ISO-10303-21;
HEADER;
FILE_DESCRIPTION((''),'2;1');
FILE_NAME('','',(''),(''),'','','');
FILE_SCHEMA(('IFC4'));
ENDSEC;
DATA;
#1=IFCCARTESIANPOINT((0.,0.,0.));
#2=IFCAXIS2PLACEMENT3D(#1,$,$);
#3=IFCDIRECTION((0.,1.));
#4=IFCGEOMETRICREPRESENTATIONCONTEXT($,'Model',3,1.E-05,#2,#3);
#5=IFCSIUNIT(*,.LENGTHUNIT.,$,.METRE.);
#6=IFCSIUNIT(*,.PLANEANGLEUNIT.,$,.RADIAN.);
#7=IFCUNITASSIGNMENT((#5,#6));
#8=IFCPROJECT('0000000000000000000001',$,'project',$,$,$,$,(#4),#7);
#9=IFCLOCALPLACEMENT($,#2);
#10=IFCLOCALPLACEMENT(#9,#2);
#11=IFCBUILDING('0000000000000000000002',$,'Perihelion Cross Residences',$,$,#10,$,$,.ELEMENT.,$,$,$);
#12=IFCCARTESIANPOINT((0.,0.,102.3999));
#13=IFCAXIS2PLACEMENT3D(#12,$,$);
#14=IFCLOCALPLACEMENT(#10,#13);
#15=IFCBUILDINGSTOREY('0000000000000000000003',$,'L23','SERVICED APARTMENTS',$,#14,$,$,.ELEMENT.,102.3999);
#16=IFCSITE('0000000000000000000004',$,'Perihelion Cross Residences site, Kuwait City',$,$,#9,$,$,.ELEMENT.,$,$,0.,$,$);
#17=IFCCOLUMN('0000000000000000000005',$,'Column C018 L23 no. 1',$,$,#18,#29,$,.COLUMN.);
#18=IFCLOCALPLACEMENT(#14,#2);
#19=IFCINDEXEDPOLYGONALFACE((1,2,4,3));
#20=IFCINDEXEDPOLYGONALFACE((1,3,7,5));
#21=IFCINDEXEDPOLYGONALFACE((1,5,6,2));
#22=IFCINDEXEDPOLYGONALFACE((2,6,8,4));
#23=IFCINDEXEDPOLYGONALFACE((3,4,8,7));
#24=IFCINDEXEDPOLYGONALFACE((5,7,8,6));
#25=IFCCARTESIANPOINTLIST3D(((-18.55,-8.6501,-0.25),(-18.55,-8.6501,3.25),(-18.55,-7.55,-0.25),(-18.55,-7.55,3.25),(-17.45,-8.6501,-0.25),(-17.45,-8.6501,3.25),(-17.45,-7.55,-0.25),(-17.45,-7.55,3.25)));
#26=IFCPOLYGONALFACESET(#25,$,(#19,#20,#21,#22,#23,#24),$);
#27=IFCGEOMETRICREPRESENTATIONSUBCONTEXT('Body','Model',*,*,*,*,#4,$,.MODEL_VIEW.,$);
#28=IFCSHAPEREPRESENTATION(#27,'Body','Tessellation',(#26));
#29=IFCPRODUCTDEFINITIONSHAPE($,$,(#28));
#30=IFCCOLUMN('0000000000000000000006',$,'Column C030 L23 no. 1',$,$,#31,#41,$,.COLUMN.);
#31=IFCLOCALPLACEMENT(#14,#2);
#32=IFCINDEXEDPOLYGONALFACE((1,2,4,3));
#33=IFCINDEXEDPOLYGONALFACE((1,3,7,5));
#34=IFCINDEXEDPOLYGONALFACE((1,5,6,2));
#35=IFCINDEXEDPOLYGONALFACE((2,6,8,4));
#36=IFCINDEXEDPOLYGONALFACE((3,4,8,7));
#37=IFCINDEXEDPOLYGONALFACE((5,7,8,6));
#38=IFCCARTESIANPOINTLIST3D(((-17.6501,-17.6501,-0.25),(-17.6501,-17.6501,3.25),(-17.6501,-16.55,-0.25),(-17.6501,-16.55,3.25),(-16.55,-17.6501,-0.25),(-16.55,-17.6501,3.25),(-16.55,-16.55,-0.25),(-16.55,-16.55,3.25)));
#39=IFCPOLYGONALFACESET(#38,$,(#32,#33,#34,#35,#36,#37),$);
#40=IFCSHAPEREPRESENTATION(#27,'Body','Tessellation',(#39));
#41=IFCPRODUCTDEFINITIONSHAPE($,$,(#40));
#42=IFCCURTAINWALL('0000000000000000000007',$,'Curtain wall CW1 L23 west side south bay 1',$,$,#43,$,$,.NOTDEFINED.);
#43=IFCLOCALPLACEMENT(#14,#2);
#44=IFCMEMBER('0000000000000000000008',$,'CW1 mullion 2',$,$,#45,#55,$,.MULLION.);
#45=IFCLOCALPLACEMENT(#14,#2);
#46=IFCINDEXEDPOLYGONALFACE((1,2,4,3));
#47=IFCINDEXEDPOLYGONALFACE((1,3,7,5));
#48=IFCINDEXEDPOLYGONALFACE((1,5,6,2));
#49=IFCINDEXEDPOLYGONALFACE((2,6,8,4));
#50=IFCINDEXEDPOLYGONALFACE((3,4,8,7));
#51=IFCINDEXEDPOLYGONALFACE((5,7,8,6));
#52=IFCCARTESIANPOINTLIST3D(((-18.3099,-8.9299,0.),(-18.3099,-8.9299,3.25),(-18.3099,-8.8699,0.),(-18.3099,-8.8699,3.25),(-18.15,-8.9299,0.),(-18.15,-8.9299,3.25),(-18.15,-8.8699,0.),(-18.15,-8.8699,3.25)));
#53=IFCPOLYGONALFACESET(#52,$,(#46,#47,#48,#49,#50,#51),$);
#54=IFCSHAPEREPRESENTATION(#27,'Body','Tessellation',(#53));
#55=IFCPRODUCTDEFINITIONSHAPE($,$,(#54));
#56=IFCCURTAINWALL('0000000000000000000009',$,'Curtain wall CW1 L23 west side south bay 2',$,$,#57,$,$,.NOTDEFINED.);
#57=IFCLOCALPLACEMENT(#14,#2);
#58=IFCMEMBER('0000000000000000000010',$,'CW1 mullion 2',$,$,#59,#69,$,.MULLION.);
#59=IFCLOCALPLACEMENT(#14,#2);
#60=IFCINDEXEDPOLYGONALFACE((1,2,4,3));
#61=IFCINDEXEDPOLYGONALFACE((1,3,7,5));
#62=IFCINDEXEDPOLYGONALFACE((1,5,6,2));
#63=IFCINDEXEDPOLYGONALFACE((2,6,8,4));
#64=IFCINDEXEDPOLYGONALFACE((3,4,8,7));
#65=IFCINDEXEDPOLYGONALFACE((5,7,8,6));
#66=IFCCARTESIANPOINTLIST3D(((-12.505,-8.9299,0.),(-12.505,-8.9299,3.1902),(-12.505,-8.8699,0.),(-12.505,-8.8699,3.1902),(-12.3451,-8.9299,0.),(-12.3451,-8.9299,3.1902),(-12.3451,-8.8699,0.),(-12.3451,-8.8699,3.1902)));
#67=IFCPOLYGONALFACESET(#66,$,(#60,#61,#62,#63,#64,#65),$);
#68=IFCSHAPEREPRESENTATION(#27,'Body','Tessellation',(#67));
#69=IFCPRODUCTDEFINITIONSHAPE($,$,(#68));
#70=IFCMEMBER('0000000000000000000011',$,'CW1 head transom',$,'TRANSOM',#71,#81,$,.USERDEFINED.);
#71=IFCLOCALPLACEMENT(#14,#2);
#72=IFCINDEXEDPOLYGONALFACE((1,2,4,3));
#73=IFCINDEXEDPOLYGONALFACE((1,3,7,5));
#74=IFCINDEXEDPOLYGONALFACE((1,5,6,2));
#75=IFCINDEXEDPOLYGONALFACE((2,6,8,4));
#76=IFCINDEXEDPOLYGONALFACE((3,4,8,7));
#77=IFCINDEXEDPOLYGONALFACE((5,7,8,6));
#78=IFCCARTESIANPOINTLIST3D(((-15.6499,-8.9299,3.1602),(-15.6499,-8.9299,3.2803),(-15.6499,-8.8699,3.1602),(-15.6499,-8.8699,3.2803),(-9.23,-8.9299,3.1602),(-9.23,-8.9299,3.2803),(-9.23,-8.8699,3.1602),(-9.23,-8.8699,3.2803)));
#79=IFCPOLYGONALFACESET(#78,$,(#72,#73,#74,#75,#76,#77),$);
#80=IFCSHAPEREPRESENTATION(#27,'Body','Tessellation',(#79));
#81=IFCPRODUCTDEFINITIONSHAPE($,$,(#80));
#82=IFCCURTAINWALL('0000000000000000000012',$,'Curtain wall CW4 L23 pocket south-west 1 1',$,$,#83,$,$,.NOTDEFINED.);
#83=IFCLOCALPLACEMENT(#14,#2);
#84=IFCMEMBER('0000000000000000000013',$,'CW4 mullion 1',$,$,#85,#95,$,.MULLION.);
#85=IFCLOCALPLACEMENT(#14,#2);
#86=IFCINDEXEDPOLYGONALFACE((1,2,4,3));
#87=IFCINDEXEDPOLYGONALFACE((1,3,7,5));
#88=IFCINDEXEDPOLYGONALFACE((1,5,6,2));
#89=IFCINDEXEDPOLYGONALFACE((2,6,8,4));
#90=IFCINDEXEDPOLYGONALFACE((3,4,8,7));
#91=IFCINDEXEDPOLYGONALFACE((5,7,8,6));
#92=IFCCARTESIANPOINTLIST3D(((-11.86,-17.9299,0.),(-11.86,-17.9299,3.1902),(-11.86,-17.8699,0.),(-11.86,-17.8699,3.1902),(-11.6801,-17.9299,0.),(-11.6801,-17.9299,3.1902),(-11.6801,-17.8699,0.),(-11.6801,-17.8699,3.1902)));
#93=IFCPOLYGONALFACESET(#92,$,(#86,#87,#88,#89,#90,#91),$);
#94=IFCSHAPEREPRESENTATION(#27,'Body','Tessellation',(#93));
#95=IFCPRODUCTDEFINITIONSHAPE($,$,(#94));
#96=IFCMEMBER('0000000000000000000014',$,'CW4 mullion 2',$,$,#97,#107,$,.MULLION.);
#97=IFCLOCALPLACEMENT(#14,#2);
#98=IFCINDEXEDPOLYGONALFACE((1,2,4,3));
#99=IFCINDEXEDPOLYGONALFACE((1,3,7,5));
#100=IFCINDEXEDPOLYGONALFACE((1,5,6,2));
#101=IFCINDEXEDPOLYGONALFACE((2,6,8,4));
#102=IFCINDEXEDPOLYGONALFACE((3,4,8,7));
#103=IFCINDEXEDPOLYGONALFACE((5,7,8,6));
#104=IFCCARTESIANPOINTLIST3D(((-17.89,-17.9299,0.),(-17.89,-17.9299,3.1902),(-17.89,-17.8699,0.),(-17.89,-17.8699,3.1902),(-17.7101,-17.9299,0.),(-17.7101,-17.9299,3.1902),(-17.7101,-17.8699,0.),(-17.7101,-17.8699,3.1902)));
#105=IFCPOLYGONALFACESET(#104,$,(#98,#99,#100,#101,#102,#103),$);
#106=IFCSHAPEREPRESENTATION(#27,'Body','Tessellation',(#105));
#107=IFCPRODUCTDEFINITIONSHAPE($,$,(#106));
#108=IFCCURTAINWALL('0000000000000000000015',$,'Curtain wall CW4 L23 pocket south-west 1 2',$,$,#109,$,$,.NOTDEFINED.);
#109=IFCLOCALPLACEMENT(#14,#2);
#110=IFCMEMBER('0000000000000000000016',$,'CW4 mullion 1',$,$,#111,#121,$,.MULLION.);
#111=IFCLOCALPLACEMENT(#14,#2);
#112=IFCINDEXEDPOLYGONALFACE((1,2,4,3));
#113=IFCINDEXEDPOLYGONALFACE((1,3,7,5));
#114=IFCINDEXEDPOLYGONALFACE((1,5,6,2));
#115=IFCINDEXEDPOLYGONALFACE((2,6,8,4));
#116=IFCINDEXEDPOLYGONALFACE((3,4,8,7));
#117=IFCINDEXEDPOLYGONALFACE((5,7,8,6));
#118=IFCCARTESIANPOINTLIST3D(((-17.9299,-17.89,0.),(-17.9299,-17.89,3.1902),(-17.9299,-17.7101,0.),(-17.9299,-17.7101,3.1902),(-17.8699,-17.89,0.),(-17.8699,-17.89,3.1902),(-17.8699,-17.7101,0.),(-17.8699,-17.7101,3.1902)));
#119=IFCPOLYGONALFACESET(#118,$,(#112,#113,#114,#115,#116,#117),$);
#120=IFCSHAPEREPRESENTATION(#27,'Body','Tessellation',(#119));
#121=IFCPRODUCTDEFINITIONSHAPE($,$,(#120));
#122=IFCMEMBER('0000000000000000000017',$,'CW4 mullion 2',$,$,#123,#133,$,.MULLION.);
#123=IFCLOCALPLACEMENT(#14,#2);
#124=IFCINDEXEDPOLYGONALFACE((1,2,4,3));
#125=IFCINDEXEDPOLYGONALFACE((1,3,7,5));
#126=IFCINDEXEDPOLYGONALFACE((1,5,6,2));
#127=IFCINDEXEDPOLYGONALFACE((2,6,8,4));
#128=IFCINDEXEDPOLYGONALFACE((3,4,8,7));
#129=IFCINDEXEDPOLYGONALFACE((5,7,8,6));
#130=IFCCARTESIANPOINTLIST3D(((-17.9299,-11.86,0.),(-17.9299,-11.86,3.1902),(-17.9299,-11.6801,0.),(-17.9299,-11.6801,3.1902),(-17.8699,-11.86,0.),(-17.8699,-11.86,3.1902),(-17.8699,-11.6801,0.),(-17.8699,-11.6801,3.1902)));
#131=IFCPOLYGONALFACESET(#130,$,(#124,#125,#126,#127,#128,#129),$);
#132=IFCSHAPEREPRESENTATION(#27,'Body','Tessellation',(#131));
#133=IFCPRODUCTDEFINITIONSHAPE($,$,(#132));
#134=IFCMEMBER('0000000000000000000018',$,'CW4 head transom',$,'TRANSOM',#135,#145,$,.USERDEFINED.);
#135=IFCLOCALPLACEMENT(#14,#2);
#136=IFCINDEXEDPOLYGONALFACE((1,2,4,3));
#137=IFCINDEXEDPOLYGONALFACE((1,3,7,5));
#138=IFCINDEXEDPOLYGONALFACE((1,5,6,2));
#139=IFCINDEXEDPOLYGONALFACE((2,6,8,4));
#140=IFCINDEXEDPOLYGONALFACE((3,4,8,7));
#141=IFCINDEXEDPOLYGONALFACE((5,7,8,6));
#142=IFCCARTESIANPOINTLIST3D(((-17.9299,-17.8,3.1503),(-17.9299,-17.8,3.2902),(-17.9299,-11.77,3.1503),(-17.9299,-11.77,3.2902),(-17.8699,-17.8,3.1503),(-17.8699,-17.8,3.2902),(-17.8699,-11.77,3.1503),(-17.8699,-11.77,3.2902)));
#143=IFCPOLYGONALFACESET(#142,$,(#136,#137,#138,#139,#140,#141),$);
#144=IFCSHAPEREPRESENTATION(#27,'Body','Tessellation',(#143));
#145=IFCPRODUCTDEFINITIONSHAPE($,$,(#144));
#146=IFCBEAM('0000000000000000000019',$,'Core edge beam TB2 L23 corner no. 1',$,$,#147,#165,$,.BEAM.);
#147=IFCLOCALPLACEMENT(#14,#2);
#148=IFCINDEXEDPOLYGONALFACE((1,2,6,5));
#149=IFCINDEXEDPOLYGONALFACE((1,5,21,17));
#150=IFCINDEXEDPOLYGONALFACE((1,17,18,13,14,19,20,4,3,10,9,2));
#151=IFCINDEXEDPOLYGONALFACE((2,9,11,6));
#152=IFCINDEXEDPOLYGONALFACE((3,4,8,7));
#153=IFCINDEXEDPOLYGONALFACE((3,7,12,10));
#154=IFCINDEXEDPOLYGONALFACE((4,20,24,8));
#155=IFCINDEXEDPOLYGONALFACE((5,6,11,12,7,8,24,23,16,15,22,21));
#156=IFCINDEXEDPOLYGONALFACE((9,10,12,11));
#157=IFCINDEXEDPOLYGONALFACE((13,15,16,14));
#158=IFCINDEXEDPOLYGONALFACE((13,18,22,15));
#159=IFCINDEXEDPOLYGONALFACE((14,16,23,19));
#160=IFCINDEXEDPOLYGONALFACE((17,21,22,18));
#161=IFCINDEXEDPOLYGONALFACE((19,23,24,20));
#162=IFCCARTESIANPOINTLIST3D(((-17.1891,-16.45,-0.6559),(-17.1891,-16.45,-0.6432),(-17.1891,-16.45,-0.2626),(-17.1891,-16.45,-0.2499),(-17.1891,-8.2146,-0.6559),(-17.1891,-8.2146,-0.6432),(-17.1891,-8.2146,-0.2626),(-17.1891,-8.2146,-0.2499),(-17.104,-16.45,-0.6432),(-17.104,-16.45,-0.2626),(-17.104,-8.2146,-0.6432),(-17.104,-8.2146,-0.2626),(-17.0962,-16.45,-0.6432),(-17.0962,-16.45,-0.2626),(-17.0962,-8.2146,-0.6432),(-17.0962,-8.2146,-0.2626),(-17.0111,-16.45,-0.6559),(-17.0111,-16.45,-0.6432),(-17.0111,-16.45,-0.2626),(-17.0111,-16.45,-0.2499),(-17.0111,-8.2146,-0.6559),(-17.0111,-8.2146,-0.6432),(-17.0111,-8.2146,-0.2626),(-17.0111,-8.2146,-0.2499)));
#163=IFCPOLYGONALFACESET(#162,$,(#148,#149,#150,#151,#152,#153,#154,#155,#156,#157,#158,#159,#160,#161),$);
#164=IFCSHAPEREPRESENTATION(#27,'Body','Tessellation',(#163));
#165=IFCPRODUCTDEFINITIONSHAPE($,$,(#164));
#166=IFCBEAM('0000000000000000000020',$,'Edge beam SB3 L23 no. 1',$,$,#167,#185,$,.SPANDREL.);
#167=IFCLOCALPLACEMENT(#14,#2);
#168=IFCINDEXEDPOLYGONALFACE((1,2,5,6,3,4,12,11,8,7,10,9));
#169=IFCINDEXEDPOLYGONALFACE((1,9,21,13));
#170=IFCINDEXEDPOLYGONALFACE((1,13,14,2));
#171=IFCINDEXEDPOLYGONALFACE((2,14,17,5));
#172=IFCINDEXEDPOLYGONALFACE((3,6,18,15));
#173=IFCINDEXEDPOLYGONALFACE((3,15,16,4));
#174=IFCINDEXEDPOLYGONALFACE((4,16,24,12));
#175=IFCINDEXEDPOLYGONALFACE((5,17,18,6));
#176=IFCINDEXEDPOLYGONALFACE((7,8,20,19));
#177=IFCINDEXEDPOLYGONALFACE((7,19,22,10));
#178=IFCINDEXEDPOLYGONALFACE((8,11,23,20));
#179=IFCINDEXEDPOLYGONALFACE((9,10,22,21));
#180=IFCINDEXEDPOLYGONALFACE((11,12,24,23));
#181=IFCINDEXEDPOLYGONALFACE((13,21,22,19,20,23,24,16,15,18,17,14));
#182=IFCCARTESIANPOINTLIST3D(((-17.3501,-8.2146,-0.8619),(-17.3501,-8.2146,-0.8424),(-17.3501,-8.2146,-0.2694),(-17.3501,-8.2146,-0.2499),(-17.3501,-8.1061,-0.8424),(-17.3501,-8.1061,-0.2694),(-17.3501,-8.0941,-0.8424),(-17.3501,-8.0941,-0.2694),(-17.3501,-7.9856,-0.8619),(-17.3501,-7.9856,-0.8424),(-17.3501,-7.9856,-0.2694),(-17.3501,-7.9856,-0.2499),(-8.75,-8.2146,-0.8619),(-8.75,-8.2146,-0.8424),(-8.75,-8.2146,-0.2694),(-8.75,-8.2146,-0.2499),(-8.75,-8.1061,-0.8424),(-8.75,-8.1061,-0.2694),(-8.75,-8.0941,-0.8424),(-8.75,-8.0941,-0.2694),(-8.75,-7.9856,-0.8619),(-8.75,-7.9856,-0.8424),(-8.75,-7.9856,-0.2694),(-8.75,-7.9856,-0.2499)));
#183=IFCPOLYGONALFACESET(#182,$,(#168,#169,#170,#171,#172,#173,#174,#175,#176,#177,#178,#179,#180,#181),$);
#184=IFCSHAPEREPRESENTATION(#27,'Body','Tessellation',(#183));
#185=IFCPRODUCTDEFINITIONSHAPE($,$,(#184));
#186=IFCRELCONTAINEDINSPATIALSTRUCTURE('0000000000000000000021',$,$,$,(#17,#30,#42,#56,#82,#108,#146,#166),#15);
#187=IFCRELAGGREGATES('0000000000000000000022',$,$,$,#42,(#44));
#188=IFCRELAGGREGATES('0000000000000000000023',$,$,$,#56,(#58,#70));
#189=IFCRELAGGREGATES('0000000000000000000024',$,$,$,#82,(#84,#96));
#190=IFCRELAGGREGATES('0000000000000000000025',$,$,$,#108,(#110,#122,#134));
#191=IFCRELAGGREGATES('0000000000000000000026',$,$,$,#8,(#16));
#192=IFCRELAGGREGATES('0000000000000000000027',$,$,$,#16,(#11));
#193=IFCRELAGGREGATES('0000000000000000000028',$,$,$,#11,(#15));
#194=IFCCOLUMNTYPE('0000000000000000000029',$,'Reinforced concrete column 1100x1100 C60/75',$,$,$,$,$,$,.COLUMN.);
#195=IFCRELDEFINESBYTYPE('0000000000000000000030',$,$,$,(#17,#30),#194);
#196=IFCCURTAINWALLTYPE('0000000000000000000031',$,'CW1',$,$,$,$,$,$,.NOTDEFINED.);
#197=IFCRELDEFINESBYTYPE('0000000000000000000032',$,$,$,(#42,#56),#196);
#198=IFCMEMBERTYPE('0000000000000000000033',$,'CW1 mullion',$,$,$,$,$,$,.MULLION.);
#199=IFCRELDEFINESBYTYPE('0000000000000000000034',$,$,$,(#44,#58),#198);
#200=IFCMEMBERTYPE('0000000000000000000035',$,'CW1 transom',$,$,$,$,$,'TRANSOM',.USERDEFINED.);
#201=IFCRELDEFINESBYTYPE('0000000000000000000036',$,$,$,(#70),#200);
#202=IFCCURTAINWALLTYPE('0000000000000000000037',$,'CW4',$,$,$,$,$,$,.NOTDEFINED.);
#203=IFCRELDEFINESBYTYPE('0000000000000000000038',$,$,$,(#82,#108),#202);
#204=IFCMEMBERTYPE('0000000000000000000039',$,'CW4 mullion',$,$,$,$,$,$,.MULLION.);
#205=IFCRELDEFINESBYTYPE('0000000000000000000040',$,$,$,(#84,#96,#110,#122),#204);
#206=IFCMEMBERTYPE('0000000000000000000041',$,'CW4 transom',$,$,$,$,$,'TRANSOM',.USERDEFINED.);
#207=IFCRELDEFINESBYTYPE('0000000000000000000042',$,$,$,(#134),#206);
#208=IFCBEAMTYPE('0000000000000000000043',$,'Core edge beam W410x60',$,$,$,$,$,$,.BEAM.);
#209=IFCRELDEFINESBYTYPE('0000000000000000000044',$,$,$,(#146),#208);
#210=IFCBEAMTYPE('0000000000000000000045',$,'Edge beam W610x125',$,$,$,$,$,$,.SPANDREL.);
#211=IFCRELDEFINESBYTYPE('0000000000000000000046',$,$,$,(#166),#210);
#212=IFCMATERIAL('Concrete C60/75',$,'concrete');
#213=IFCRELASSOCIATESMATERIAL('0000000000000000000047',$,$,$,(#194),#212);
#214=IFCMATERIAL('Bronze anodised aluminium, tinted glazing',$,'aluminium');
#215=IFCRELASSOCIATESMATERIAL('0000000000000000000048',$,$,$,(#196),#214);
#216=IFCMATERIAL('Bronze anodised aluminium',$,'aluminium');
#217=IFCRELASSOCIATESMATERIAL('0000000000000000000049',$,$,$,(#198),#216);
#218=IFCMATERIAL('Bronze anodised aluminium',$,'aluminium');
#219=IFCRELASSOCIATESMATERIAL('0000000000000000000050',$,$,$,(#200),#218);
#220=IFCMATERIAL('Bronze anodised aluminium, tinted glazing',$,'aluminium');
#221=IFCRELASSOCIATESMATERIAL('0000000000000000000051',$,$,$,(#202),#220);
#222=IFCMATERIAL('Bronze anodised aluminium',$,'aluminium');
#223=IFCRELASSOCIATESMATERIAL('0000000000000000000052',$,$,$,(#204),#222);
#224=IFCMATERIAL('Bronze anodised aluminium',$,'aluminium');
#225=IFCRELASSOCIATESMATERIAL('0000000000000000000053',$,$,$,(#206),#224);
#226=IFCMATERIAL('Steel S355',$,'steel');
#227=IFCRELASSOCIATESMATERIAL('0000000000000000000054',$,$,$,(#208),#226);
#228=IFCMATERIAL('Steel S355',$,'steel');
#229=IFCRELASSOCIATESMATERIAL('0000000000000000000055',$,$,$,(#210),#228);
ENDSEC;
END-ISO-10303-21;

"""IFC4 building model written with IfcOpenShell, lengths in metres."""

from ifc_helpers import new_model, si_unit, direction, frame, origin, origin_2d, place, context, subcontext, project, spatial, rectangle, i_section, extrude, material, material_profile, profile_set, type_object, element, aggregate, save


model = new_model("IFC4")

# Units and contexts
model_context = context("Model", 3, precision=1e-05, world=origin(), true_north=direction((0.0, 1.0)))
body_context = subcontext(model_context, "Body", "Model", "MODEL_VIEW")
ifc_project = project(units=[si_unit("LENGTHUNIT", "METRE"), si_unit("PLANEANGLEUNIT", "RADIAN")], contexts=[model_context])

# Site, building, storey
site_placement = place(None, origin())
site = spatial("IfcSite", under=ifc_project, at=site_placement, Name="Perihelion Cross Residences site, Kuwait City", CompositionType="ELEMENT", RefElevation=0.0)
building_placement = place(site_placement, origin())
building = spatial("IfcBuilding", under=site, at=building_placement, Name="Perihelion Cross Residences", CompositionType="ELEMENT")
storey_placement = place(building_placement, frame((0.0, 0.0, 102.3999)))
storey = spatial("IfcBuildingStorey", under=building, at=storey_placement, Name="L23", Description="SERVICED APARTMENTS", CompositionType="ELEMENT", Elevation=102.3999)

# Columns
ifc_material_1 = material(Name="Concrete C60/75", Category="concrete")
ifc_material_profile_1 = material_profile(ifc_material_1, rectangle(XDim=1.1001, YDim=1.1001, at=origin_2d()), Name="RC 1100x1100")
ifc_profile_set_1 = profile_set([ifc_material_profile_1], Name="Concrete C60/75")
column_type = type_object("IfcColumnType", Name="Reinforced concrete column 1100x1100 C60/75", PredefinedType="COLUMN", material=ifc_profile_set_1)
for number, where, z_axis, x_axis, name in (
    (1, (-18.0, -8.1001, -0.25), (0.0, 0.0, 1.0), (1.0, 0.0, 0.0), "Column C018 L23 no. 1"),
    (2, (-17.1001, -17.1001, -0.25), (0.0, 0.0, 1.0), (1.0, 0.0, 0.0), "Column C030 L23 no. 1"),
):
    element("IfcColumn", number, at=place(storey_placement, frame(where, z_axis=z_axis, x_axis=x_axis)), inside=storey, type_object=column_type, Name=name, PredefinedType="COLUMN", context=body_context, shape_type="SweptSolid", body=[
        extrude(rectangle(XDim=1.1001, YDim=1.1001, at=origin_2d()), origin(), (0.0, 0.0, 1.0), 3.5),
    ])

# Curtain wall, member
ifc_material_2 = material(Name="Bronze anodised aluminium, tinted glazing", Category="aluminium")
curtain_wall_type_1 = type_object("IfcCurtainWallType", Name="CW1", PredefinedType="NOTDEFINED", material=ifc_material_2)
curtain_wall_1_placement = place(storey_placement, origin())
curtain_wall_1 = element("IfcCurtainWall", 3, at=curtain_wall_1_placement, inside=storey, type_object=curtain_wall_type_1, Name="Curtain wall CW1 L23 west side south bay 1", PredefinedType="NOTDEFINED")
ifc_material_3 = material(Name="Bronze anodised aluminium", Category="aluminium")
ifc_material_profile_2 = material_profile(ifc_material_3, rectangle(XDim=0.0601, YDim=0.1599, at=origin_2d()), Name="CW1 mullion")
ifc_profile_set_2 = profile_set([ifc_material_profile_2], Name="Bronze anodised aluminium")
member_type_1 = type_object("IfcMemberType", Name="CW1 mullion", PredefinedType="MULLION", material=ifc_profile_set_2)
member_1_placement = place(storey_placement, frame((-18.23, -8.8999, 0.0), z_axis=(0.0, 0.0, 1.0), x_axis=(0.0, 1.0, 0.0)))
member_1 = element("IfcMember", 4, at=member_1_placement, type_object=member_type_1, Name="CW1 mullion 2", PredefinedType="MULLION", context=body_context, shape_type="SweptSolid", body=[
    extrude(rectangle(XDim=0.0601, YDim=0.1599, at=origin_2d()), origin(), (0.0, 0.0, 1.0), 3.25),
])

# Curtain walls, members
curtain_wall_2_placement = place(storey_placement, origin())
curtain_wall_2 = element("IfcCurtainWall", 5, at=curtain_wall_2_placement, inside=storey, type_object=curtain_wall_type_1, Name="Curtain wall CW1 L23 west side south bay 2", PredefinedType="NOTDEFINED")
member_2_placement = place(storey_placement, frame((-12.425, -8.8999, 0.0), z_axis=(0.0, 0.0, 1.0), x_axis=(0.0, 1.0, 0.0)))
member_2 = element("IfcMember", 6, at=member_2_placement, type_object=member_type_1, Name="CW1 mullion 2", PredefinedType="MULLION", context=body_context, shape_type="SweptSolid", body=[
    extrude(rectangle(XDim=0.0601, YDim=0.1599, at=origin_2d()), origin(), (0.0, 0.0, 1.0), 3.1902),
])
ifc_material_4 = material(Name="Bronze anodised aluminium", Category="aluminium")
ifc_material_profile_3 = material_profile(ifc_material_4, rectangle(XDim=0.0601, YDim=0.1201, at=origin_2d()), Name="CW1 transom")
ifc_profile_set_3 = profile_set([ifc_material_profile_3], Name="Bronze anodised aluminium")
member_type_2 = type_object("IfcMemberType", Name="CW1 transom", ElementType="TRANSOM", PredefinedType="USERDEFINED", material=ifc_profile_set_3)
member_3_placement = place(storey_placement, frame((-15.6499, -8.8999, 3.2202), z_axis=(1.0, 0.0, 0.0), x_axis=(0.0, 1.0, 0.0)))
member_3 = element("IfcMember", 7, at=member_3_placement, type_object=member_type_2, Name="CW1 head transom", ObjectType="TRANSOM", PredefinedType="USERDEFINED", context=body_context, shape_type="SweptSolid", body=[
    extrude(rectangle(XDim=0.0601, YDim=0.1201, at=origin_2d()), origin(), (0.0, 0.0, 1.0), 6.4199),
])
ifc_material_5 = material(Name="Bronze anodised aluminium, tinted glazing", Category="aluminium")
curtain_wall_type_2 = type_object("IfcCurtainWallType", Name="CW4", PredefinedType="NOTDEFINED", material=ifc_material_5)
curtain_wall_3_placement = place(storey_placement, origin())
curtain_wall_3 = element("IfcCurtainWall", 8, at=curtain_wall_3_placement, inside=storey, type_object=curtain_wall_type_2, Name="Curtain wall CW4 L23 pocket south-west 1 1", PredefinedType="NOTDEFINED")
ifc_material_6 = material(Name="Bronze anodised aluminium", Category="aluminium")
ifc_material_profile_4 = material_profile(ifc_material_6, rectangle(XDim=0.0601, YDim=0.1799, at=origin_2d()), Name="CW4 mullion")
ifc_profile_set_4 = profile_set([ifc_material_profile_4], Name="Bronze anodised aluminium")
member_type_3 = type_object("IfcMemberType", Name="CW4 mullion", PredefinedType="MULLION", material=ifc_profile_set_4)
member_4_placement = place(storey_placement, frame((-11.77, -17.8999, 0.0), z_axis=(0.0, 0.0, 1.0), x_axis=(0.0, -1.0, 0.0)))
member_4 = element("IfcMember", 9, at=member_4_placement, type_object=member_type_3, Name="CW4 mullion 1", PredefinedType="MULLION", context=body_context, shape_type="SweptSolid", body=[
    extrude(rectangle(XDim=0.0601, YDim=0.1799, at=origin_2d()), origin(), (0.0, 0.0, 1.0), 3.1902),
])
member_5_placement = place(storey_placement, frame((-17.8, -17.8999, 0.0), z_axis=(0.0, 0.0, 1.0), x_axis=(0.0, -1.0, 0.0)))
member_5 = element("IfcMember", 10, at=member_5_placement, type_object=member_type_3, Name="CW4 mullion 2", PredefinedType="MULLION", context=body_context, shape_type="SweptSolid", body=[
    extrude(rectangle(XDim=0.0601, YDim=0.1799, at=origin_2d()), origin(), (0.0, 0.0, 1.0), 3.1902),
])
curtain_wall_4_placement = place(storey_placement, origin())
curtain_wall_4 = element("IfcCurtainWall", 11, at=curtain_wall_4_placement, inside=storey, type_object=curtain_wall_type_2, Name="Curtain wall CW4 L23 pocket south-west 1 2", PredefinedType="NOTDEFINED")
member_6_placement = place(storey_placement, frame((-17.8999, -17.8, 0.0), z_axis=(0.0, 0.0, 1.0), x_axis=(-1.0, 0.0, 0.0)))
member_6 = element("IfcMember", 12, at=member_6_placement, type_object=member_type_3, Name="CW4 mullion 1", PredefinedType="MULLION", context=body_context, shape_type="SweptSolid", body=[
    extrude(rectangle(XDim=0.0601, YDim=0.1799, at=origin_2d()), origin(), (0.0, 0.0, 1.0), 3.1902),
])
member_7_placement = place(storey_placement, frame((-17.8999, -11.77, 0.0), z_axis=(0.0, 0.0, 1.0), x_axis=(-1.0, 0.0, 0.0)))
member_7 = element("IfcMember", 13, at=member_7_placement, type_object=member_type_3, Name="CW4 mullion 2", PredefinedType="MULLION", context=body_context, shape_type="SweptSolid", body=[
    extrude(rectangle(XDim=0.0601, YDim=0.1799, at=origin_2d()), origin(), (0.0, 0.0, 1.0), 3.1902),
])
ifc_material_7 = material(Name="Bronze anodised aluminium", Category="aluminium")
ifc_material_profile_5 = material_profile(ifc_material_7, rectangle(XDim=0.0601, YDim=0.1399, at=origin_2d()), Name="CW4 transom")
ifc_profile_set_5 = profile_set([ifc_material_profile_5], Name="Bronze anodised aluminium")
member_type_4 = type_object("IfcMemberType", Name="CW4 transom", ElementType="TRANSOM", PredefinedType="USERDEFINED", material=ifc_profile_set_5)
member_8_placement = place(storey_placement, frame((-17.8999, -17.8, 3.2202), z_axis=(0.0, 1.0, 0.0), x_axis=(-1.0, 0.0, 0.0)))
member_8 = element("IfcMember", 14, at=member_8_placement, type_object=member_type_4, Name="CW4 head transom", ObjectType="TRANSOM", PredefinedType="USERDEFINED", context=body_context, shape_type="SweptSolid", body=[
    extrude(rectangle(XDim=0.0601, YDim=0.1399, at=origin_2d()), origin(), (0.0, 0.0, 1.0), 6.03),
])

# Beams
ifc_material_8 = material(Name="Steel S355", Category="steel")
ifc_material_profile_6 = material_profile(ifc_material_8, i_section(OverallWidth=0.178, OverallDepth=0.406, WebThickness=0.0078, FlangeThickness=0.0127, at=origin_2d()), Name="W410x60")
ifc_profile_set_6 = profile_set([ifc_material_profile_6], Name="Steel S355")
beam_type_1 = type_object("IfcBeamType", Name="Core edge beam W410x60", PredefinedType="BEAM", material=ifc_profile_set_6)
beam_1_placement = place(storey_placement, frame((-17.1001, -8.2146, -0.4529), z_axis=(0.0, -1.0, 0.0), x_axis=(1.0, 0.0, 0.0)))
element("IfcBeam", 15, at=beam_1_placement, inside=storey, type_object=beam_type_1, Name="Core edge beam TB2 L23 corner no. 1", PredefinedType="BEAM", context=body_context, shape_type="SweptSolid", body=[
    extrude(i_section(OverallWidth=0.178, OverallDepth=0.406, WebThickness=0.0078, FlangeThickness=0.0127, at=origin_2d()), origin(), (0.0, 0.0, 1.0), 8.2354),
])
ifc_material_9 = material(Name="Steel S355", Category="steel")
ifc_material_profile_7 = material_profile(ifc_material_9, i_section(OverallWidth=0.229, OverallDepth=0.6121, WebThickness=0.012, FlangeThickness=0.0195, at=origin_2d()), Name="W610x125")
ifc_profile_set_7 = profile_set([ifc_material_profile_7], Name="Steel S355")
beam_type_2 = type_object("IfcBeamType", Name="Edge beam W610x125", PredefinedType="SPANDREL", material=ifc_profile_set_7)
beam_2_placement = place(storey_placement, frame((-17.3501, -8.1001, -0.5559), z_axis=(1.0, 0.0, 0.0), x_axis=(0.0, 1.0, 0.0)))
element("IfcBeam", 16, at=beam_2_placement, inside=storey, type_object=beam_type_2, Name="Edge beam SB3 L23 no. 1", PredefinedType="SPANDREL", context=body_context, shape_type="SweptSolid", body=[
    extrude(i_section(OverallWidth=0.229, OverallDepth=0.6121, WebThickness=0.012, FlangeThickness=0.0195, at=origin_2d()), origin(), (0.0, 0.0, 1.0), 8.6001),
])

aggregate(curtain_wall_1, [member_1])
aggregate(curtain_wall_2, [member_2, member_3])
aggregate(curtain_wall_3, [member_4, member_5])
aggregate(curtain_wall_4, [member_6, member_7, member_8])

save(model, "model.ifc")
